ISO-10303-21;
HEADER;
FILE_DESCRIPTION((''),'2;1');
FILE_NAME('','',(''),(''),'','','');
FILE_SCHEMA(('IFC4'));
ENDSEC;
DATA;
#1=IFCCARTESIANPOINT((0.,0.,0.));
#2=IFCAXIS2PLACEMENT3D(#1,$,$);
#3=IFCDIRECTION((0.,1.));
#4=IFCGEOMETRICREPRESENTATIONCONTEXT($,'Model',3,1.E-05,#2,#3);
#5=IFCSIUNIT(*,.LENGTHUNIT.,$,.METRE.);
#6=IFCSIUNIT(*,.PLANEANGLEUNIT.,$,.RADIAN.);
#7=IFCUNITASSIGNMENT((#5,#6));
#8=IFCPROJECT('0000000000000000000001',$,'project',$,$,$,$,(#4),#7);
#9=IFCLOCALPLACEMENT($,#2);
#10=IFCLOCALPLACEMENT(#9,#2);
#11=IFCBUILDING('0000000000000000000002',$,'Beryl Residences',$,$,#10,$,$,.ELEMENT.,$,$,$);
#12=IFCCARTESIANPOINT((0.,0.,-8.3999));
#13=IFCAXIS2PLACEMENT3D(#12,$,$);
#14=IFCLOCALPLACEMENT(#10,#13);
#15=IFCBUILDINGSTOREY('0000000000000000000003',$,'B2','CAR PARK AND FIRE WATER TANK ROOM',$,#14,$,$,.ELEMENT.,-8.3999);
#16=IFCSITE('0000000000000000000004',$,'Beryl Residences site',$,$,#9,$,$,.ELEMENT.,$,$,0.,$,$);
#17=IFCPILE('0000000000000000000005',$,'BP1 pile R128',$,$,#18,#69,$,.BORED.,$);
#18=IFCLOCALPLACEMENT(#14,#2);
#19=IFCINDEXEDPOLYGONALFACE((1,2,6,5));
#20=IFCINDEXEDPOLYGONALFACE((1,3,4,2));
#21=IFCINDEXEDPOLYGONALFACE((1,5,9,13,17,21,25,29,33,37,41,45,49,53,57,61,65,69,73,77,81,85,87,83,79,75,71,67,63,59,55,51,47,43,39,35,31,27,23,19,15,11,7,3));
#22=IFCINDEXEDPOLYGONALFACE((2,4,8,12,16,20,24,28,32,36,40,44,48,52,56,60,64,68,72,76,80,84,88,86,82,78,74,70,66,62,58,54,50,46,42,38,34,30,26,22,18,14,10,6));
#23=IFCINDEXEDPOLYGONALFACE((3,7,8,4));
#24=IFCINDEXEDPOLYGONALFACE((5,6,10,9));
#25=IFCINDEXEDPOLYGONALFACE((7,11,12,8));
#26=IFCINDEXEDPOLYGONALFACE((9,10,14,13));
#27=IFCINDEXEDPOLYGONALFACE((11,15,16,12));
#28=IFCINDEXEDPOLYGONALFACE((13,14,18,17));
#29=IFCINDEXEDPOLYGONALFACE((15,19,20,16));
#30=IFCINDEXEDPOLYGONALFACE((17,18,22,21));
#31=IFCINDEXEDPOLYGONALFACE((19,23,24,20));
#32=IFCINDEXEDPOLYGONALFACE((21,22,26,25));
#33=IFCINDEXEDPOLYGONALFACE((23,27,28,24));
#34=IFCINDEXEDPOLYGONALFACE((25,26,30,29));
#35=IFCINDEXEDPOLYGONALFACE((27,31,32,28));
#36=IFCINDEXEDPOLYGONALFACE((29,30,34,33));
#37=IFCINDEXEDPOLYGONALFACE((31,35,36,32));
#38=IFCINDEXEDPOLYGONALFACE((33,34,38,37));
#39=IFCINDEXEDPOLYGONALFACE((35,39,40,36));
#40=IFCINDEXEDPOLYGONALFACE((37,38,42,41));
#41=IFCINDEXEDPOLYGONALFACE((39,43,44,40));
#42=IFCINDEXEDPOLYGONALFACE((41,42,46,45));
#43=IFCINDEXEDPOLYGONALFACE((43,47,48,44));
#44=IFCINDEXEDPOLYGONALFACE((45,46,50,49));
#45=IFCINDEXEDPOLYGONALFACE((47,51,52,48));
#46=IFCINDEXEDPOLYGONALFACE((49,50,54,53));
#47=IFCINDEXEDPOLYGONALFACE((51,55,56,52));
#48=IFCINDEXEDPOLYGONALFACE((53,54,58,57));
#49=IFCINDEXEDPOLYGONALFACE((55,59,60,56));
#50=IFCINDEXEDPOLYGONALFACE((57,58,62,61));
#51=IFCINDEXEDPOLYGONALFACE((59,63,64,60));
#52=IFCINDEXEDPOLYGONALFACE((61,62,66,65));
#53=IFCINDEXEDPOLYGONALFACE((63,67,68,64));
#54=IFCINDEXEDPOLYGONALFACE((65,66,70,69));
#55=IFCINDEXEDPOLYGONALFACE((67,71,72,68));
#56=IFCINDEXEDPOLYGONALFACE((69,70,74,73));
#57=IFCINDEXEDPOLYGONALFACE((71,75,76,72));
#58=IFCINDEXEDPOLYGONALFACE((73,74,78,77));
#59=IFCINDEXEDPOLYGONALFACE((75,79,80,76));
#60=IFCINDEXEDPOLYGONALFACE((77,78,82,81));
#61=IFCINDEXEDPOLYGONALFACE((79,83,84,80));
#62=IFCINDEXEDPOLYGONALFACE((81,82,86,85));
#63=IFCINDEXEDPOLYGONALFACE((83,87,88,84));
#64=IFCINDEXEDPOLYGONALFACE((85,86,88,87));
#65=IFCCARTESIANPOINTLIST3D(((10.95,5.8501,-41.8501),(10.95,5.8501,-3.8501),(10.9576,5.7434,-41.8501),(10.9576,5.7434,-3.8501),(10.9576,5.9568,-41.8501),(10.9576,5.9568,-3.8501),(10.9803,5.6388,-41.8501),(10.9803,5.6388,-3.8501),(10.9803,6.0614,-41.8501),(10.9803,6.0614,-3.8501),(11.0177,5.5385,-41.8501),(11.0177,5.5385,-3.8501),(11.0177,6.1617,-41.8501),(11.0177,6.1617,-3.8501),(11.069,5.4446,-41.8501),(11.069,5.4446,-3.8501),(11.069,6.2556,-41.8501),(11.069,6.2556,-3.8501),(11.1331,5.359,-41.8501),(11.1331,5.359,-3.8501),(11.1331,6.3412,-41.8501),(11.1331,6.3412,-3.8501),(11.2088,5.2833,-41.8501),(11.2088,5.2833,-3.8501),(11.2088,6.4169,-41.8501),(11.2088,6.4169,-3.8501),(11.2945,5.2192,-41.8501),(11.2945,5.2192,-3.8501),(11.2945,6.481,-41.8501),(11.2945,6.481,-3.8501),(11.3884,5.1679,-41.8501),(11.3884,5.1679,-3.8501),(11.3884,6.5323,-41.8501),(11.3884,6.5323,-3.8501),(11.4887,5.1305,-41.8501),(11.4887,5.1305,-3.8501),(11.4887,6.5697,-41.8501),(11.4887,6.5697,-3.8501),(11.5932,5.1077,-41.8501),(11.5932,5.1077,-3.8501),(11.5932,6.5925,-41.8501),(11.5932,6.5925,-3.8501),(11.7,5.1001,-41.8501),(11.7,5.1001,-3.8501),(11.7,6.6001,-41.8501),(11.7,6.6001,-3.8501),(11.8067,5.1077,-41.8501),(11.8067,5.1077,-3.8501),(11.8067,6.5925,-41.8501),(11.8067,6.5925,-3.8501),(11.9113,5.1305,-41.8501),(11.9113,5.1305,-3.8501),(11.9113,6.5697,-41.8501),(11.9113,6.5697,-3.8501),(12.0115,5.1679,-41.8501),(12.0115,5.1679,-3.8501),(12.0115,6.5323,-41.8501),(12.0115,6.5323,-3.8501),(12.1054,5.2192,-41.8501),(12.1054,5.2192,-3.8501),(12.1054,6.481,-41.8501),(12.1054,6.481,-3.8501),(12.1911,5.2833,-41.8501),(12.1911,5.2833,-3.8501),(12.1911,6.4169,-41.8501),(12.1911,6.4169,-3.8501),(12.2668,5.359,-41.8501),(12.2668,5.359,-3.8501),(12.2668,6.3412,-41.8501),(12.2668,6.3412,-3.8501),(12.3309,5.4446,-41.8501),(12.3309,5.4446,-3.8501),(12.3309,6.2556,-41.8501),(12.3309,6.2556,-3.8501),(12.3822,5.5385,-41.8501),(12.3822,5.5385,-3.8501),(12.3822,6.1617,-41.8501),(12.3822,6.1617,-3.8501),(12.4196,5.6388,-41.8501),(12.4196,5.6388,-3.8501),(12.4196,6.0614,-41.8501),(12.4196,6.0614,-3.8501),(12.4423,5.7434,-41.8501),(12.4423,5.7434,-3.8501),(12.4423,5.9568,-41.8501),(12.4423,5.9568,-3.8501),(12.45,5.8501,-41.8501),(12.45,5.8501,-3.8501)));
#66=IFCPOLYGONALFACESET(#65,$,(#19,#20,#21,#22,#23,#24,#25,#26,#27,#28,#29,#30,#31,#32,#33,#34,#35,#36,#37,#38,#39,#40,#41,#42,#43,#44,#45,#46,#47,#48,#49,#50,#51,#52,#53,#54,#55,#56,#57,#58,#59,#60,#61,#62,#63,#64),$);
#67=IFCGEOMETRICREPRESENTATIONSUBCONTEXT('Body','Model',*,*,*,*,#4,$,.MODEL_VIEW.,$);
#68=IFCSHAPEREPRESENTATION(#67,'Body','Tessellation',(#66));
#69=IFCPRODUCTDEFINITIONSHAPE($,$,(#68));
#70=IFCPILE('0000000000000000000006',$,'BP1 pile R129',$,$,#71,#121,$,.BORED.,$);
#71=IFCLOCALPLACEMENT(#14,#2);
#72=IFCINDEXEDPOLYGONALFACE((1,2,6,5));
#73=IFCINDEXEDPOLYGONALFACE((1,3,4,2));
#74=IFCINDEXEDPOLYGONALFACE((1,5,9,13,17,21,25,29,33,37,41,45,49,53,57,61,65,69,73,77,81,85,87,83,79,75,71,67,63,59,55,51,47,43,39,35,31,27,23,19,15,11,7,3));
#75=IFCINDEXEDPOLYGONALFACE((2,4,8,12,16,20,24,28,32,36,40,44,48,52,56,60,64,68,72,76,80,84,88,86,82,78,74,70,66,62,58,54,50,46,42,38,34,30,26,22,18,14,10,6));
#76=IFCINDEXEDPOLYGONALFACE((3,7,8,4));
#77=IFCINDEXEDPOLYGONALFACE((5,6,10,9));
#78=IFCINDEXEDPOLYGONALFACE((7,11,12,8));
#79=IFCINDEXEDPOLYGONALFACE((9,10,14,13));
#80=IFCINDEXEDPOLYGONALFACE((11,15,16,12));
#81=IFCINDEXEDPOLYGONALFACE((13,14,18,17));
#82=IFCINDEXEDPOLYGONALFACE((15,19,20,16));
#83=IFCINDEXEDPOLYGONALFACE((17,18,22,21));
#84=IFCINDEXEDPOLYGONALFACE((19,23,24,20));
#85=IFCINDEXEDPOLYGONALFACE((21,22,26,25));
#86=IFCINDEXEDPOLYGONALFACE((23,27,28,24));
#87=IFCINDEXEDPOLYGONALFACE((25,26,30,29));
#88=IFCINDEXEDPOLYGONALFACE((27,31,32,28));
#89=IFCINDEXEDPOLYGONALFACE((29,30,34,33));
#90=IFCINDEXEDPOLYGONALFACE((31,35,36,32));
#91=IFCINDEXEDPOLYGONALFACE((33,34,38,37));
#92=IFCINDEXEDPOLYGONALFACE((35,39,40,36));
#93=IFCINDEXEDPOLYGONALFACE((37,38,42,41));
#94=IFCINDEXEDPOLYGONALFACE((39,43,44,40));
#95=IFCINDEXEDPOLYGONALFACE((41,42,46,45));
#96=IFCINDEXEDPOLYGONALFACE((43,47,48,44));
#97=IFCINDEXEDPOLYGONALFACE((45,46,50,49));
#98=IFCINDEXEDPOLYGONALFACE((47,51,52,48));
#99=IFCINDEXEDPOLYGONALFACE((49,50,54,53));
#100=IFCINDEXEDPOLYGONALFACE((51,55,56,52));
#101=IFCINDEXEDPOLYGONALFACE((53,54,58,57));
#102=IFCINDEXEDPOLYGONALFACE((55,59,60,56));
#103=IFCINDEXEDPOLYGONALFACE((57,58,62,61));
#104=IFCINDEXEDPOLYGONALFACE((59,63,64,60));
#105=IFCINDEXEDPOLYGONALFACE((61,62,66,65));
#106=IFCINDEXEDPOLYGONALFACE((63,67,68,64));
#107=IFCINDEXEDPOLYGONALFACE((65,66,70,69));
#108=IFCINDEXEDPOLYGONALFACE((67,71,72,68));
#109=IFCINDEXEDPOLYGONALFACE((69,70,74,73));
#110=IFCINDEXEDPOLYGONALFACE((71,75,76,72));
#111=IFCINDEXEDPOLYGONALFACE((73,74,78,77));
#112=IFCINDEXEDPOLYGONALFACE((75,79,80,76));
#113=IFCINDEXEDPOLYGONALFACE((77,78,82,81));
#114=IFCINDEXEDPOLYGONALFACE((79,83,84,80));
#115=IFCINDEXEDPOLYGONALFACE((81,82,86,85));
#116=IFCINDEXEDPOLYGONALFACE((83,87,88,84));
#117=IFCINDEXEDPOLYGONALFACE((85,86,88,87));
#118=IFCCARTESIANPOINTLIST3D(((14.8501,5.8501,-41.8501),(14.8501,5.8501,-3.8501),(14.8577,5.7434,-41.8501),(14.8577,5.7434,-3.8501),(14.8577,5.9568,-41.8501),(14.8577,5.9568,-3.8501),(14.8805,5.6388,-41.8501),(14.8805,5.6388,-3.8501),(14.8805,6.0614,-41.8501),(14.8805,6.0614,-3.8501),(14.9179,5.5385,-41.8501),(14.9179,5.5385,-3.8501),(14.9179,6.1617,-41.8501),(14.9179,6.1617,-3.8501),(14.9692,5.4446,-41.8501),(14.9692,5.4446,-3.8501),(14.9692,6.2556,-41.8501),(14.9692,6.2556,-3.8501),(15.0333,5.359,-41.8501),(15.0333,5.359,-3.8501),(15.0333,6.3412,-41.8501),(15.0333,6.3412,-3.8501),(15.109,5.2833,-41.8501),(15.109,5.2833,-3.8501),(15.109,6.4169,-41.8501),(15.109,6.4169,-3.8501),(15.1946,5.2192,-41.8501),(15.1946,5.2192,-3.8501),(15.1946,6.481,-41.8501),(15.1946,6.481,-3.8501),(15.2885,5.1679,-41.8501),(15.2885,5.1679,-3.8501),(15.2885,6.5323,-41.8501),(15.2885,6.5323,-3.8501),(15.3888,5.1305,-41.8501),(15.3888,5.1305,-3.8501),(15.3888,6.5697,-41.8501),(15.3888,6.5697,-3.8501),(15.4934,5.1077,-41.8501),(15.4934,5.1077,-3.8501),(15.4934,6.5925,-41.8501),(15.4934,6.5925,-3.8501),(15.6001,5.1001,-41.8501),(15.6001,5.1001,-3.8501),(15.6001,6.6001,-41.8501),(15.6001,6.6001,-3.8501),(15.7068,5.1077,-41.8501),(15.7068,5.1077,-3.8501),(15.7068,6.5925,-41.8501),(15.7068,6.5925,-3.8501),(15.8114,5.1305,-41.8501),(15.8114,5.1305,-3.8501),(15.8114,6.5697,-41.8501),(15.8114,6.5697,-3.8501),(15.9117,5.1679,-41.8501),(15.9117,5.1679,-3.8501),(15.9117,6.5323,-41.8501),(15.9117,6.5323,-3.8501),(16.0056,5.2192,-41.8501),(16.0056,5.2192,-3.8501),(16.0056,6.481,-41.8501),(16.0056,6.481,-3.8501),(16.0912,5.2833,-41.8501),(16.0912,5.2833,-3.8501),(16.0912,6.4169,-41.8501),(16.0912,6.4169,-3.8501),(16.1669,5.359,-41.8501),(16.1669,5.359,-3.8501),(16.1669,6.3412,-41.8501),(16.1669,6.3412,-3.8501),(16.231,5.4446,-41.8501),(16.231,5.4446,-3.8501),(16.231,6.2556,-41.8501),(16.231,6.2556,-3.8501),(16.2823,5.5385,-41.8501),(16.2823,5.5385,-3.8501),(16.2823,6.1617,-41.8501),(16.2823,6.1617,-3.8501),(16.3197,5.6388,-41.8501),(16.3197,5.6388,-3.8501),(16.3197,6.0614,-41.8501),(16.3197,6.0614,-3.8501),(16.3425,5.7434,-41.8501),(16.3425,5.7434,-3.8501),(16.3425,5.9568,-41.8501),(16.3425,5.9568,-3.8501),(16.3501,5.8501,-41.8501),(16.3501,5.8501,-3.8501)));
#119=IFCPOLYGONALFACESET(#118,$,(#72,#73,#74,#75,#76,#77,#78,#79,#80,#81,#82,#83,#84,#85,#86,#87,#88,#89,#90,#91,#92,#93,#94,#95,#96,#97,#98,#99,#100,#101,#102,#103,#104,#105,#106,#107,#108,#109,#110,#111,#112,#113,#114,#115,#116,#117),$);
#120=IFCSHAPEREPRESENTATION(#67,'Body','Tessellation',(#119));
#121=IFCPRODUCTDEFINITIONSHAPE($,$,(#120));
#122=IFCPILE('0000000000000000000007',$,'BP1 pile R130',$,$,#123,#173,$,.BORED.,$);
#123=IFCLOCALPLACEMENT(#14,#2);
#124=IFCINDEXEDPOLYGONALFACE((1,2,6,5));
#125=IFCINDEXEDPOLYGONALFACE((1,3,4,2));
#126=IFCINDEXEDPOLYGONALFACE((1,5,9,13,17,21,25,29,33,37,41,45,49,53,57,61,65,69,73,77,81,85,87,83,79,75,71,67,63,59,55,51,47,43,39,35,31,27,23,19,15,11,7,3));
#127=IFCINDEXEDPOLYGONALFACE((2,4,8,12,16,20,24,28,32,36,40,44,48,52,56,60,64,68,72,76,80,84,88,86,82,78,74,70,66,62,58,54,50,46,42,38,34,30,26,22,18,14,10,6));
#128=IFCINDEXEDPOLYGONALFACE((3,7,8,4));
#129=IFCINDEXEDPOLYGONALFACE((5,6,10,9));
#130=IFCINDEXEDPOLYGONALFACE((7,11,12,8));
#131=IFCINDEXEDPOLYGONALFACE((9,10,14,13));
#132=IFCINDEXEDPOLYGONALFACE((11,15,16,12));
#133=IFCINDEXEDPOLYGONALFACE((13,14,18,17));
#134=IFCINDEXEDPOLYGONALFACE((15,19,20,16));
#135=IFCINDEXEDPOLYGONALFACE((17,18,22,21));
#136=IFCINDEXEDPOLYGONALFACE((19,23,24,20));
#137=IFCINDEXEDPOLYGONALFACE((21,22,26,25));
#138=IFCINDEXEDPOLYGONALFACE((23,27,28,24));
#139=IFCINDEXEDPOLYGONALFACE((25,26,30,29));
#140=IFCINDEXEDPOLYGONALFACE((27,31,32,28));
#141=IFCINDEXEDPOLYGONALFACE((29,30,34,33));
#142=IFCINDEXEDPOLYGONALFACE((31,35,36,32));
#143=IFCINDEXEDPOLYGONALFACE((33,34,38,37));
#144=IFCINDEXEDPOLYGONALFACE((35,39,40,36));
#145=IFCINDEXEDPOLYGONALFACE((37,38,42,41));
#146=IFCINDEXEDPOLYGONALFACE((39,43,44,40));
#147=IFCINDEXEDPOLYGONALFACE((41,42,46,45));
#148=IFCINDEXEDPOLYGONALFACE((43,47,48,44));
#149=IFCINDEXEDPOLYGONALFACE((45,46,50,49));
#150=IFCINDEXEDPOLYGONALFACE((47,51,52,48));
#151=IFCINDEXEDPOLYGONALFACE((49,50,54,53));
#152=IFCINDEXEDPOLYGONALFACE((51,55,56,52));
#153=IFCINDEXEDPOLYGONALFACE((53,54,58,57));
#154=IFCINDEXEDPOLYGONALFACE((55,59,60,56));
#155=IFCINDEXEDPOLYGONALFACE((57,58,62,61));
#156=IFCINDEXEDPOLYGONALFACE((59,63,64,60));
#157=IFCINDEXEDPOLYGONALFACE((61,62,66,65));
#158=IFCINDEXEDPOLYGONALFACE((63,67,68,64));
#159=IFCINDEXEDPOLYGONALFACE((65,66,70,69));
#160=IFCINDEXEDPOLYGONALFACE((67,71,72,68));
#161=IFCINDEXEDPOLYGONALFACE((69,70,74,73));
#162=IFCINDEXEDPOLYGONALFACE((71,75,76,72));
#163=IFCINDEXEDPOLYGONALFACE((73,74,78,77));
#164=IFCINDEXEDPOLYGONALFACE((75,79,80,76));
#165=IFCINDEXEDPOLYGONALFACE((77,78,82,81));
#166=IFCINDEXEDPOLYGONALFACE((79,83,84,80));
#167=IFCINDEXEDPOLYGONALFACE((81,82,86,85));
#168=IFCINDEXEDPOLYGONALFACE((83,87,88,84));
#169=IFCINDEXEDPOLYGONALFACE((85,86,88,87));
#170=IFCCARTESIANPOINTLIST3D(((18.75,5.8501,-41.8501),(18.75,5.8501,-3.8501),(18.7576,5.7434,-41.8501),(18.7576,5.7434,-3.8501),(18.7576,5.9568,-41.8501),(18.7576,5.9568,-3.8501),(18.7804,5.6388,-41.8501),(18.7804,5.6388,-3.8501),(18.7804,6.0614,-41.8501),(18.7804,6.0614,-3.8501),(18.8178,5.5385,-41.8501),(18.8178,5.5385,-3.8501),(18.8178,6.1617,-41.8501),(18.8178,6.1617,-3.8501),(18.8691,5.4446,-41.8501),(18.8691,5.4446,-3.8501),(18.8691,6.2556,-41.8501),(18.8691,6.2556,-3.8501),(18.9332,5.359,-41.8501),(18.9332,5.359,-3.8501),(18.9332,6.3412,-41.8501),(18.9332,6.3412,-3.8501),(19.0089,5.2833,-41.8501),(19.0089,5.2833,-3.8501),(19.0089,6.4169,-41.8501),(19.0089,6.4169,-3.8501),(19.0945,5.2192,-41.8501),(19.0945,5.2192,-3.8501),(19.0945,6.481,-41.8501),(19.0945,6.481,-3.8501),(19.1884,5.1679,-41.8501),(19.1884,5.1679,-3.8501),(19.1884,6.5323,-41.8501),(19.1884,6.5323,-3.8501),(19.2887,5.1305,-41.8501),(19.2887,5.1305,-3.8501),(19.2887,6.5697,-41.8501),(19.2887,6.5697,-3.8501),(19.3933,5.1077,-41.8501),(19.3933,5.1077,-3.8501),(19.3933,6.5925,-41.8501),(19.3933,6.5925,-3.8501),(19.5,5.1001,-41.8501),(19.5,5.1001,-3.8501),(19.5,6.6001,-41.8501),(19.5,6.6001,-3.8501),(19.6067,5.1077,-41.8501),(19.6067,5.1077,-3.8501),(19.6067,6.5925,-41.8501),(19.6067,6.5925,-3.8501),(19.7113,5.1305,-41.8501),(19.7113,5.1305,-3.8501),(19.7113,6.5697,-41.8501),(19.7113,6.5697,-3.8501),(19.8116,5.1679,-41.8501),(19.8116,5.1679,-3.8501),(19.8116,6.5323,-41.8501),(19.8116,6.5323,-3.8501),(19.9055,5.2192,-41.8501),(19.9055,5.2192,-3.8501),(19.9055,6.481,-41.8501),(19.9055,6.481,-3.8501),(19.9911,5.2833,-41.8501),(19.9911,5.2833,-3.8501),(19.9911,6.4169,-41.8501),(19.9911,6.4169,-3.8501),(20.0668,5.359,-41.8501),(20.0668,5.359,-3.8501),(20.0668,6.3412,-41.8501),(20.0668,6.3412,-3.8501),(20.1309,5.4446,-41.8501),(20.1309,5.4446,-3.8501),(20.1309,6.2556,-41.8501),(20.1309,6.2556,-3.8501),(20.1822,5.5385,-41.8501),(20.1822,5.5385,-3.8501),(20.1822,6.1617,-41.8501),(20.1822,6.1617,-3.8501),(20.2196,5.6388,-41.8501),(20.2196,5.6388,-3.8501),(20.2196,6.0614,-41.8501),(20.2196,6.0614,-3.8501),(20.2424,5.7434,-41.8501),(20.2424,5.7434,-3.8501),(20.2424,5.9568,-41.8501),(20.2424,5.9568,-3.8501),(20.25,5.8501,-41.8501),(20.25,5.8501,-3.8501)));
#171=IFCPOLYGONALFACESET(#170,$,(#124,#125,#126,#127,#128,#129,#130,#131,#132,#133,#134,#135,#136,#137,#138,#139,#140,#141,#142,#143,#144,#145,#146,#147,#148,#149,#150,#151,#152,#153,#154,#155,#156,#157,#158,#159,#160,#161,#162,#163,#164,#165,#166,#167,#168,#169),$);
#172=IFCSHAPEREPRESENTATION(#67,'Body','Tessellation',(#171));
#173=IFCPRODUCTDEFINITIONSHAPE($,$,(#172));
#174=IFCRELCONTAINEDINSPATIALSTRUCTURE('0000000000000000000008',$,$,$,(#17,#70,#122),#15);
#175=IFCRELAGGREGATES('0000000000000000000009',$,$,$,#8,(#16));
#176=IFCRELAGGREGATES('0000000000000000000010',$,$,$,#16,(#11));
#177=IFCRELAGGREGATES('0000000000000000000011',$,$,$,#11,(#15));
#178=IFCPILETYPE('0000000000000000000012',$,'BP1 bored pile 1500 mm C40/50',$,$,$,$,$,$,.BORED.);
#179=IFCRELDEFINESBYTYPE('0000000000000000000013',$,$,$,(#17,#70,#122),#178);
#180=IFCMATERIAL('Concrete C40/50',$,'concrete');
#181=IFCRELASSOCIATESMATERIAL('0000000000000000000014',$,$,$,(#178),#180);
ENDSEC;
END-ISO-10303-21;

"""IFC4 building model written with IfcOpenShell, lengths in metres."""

from ifc_helpers import new_model, si_unit, direction, frame, origin, origin_2d, place, context, subcontext, project, spatial, circle, extrude, material, material_profile, profile_set, type_object, element, save


model = new_model("IFC4")

# Units and contexts
model_context = context("Model", 3, precision=1e-05, world=origin(), true_north=direction((0.0, 1.0)))
body_context = subcontext(model_context, "Body", "Model", "MODEL_VIEW")
ifc_project = project(units=[si_unit("LENGTHUNIT", "METRE"), si_unit("PLANEANGLEUNIT", "RADIAN")], contexts=[model_context])

# Site, building, storey
site_placement = place(None, origin())
site = spatial("IfcSite", under=ifc_project, at=site_placement, Name="Beryl Residences site", CompositionType="ELEMENT", RefElevation=0.0)
building_placement = place(site_placement, origin())
building = spatial("IfcBuilding", under=site, at=building_placement, Name="Beryl Residences", CompositionType="ELEMENT")
storey_placement = place(building_placement, frame((0.0, 0.0, -8.3999)))
storey = spatial("IfcBuildingStorey", under=building, at=storey_placement, Name="B2", Description="CAR PARK AND FIRE WATER TANK ROOM", CompositionType="ELEMENT", Elevation=-8.3999)

# Piles
ifc_material_1 = material(Name="Concrete C40/50", Category="concrete")
ifc_material_profile_1 = material_profile(ifc_material_1, circle(Radius=0.75, at=origin_2d()))
ifc_profile_set_1 = profile_set([ifc_material_profile_1], Name="Concrete C40/50")
pile_type = type_object("IfcPileType", Name="BP1 bored pile 1500 mm C40/50", PredefinedType="BORED", material=ifc_profile_set_1)
for number, where, z_axis, x_axis, name in (
    (1, (11.7, 5.8501, -3.8501), (0.0, 0.0, -1.0), (1.0, 0.0, 0.0), "BP1 pile R128"),
    (2, (15.6001, 5.8501, -3.8501), (0.0, 0.0, -1.0), (1.0, 0.0, 0.0), "BP1 pile R129"),
    (3, (19.5, 5.8501, -3.8501), (0.0, 0.0, -1.0), (1.0, 0.0, 0.0), "BP1 pile R130"),
):
    element("IfcPile", number, at=place(storey_placement, frame(where, z_axis=z_axis, x_axis=x_axis)), inside=storey, type_object=pile_type, Name=name, PredefinedType="BORED", context=body_context, shape_type="SweptSolid", body=[
        extrude(circle(Radius=0.75, at=origin_2d()), origin(), (0.0, 0.0, 1.0), 38.0),
    ])

save(model, "model.ifc")
